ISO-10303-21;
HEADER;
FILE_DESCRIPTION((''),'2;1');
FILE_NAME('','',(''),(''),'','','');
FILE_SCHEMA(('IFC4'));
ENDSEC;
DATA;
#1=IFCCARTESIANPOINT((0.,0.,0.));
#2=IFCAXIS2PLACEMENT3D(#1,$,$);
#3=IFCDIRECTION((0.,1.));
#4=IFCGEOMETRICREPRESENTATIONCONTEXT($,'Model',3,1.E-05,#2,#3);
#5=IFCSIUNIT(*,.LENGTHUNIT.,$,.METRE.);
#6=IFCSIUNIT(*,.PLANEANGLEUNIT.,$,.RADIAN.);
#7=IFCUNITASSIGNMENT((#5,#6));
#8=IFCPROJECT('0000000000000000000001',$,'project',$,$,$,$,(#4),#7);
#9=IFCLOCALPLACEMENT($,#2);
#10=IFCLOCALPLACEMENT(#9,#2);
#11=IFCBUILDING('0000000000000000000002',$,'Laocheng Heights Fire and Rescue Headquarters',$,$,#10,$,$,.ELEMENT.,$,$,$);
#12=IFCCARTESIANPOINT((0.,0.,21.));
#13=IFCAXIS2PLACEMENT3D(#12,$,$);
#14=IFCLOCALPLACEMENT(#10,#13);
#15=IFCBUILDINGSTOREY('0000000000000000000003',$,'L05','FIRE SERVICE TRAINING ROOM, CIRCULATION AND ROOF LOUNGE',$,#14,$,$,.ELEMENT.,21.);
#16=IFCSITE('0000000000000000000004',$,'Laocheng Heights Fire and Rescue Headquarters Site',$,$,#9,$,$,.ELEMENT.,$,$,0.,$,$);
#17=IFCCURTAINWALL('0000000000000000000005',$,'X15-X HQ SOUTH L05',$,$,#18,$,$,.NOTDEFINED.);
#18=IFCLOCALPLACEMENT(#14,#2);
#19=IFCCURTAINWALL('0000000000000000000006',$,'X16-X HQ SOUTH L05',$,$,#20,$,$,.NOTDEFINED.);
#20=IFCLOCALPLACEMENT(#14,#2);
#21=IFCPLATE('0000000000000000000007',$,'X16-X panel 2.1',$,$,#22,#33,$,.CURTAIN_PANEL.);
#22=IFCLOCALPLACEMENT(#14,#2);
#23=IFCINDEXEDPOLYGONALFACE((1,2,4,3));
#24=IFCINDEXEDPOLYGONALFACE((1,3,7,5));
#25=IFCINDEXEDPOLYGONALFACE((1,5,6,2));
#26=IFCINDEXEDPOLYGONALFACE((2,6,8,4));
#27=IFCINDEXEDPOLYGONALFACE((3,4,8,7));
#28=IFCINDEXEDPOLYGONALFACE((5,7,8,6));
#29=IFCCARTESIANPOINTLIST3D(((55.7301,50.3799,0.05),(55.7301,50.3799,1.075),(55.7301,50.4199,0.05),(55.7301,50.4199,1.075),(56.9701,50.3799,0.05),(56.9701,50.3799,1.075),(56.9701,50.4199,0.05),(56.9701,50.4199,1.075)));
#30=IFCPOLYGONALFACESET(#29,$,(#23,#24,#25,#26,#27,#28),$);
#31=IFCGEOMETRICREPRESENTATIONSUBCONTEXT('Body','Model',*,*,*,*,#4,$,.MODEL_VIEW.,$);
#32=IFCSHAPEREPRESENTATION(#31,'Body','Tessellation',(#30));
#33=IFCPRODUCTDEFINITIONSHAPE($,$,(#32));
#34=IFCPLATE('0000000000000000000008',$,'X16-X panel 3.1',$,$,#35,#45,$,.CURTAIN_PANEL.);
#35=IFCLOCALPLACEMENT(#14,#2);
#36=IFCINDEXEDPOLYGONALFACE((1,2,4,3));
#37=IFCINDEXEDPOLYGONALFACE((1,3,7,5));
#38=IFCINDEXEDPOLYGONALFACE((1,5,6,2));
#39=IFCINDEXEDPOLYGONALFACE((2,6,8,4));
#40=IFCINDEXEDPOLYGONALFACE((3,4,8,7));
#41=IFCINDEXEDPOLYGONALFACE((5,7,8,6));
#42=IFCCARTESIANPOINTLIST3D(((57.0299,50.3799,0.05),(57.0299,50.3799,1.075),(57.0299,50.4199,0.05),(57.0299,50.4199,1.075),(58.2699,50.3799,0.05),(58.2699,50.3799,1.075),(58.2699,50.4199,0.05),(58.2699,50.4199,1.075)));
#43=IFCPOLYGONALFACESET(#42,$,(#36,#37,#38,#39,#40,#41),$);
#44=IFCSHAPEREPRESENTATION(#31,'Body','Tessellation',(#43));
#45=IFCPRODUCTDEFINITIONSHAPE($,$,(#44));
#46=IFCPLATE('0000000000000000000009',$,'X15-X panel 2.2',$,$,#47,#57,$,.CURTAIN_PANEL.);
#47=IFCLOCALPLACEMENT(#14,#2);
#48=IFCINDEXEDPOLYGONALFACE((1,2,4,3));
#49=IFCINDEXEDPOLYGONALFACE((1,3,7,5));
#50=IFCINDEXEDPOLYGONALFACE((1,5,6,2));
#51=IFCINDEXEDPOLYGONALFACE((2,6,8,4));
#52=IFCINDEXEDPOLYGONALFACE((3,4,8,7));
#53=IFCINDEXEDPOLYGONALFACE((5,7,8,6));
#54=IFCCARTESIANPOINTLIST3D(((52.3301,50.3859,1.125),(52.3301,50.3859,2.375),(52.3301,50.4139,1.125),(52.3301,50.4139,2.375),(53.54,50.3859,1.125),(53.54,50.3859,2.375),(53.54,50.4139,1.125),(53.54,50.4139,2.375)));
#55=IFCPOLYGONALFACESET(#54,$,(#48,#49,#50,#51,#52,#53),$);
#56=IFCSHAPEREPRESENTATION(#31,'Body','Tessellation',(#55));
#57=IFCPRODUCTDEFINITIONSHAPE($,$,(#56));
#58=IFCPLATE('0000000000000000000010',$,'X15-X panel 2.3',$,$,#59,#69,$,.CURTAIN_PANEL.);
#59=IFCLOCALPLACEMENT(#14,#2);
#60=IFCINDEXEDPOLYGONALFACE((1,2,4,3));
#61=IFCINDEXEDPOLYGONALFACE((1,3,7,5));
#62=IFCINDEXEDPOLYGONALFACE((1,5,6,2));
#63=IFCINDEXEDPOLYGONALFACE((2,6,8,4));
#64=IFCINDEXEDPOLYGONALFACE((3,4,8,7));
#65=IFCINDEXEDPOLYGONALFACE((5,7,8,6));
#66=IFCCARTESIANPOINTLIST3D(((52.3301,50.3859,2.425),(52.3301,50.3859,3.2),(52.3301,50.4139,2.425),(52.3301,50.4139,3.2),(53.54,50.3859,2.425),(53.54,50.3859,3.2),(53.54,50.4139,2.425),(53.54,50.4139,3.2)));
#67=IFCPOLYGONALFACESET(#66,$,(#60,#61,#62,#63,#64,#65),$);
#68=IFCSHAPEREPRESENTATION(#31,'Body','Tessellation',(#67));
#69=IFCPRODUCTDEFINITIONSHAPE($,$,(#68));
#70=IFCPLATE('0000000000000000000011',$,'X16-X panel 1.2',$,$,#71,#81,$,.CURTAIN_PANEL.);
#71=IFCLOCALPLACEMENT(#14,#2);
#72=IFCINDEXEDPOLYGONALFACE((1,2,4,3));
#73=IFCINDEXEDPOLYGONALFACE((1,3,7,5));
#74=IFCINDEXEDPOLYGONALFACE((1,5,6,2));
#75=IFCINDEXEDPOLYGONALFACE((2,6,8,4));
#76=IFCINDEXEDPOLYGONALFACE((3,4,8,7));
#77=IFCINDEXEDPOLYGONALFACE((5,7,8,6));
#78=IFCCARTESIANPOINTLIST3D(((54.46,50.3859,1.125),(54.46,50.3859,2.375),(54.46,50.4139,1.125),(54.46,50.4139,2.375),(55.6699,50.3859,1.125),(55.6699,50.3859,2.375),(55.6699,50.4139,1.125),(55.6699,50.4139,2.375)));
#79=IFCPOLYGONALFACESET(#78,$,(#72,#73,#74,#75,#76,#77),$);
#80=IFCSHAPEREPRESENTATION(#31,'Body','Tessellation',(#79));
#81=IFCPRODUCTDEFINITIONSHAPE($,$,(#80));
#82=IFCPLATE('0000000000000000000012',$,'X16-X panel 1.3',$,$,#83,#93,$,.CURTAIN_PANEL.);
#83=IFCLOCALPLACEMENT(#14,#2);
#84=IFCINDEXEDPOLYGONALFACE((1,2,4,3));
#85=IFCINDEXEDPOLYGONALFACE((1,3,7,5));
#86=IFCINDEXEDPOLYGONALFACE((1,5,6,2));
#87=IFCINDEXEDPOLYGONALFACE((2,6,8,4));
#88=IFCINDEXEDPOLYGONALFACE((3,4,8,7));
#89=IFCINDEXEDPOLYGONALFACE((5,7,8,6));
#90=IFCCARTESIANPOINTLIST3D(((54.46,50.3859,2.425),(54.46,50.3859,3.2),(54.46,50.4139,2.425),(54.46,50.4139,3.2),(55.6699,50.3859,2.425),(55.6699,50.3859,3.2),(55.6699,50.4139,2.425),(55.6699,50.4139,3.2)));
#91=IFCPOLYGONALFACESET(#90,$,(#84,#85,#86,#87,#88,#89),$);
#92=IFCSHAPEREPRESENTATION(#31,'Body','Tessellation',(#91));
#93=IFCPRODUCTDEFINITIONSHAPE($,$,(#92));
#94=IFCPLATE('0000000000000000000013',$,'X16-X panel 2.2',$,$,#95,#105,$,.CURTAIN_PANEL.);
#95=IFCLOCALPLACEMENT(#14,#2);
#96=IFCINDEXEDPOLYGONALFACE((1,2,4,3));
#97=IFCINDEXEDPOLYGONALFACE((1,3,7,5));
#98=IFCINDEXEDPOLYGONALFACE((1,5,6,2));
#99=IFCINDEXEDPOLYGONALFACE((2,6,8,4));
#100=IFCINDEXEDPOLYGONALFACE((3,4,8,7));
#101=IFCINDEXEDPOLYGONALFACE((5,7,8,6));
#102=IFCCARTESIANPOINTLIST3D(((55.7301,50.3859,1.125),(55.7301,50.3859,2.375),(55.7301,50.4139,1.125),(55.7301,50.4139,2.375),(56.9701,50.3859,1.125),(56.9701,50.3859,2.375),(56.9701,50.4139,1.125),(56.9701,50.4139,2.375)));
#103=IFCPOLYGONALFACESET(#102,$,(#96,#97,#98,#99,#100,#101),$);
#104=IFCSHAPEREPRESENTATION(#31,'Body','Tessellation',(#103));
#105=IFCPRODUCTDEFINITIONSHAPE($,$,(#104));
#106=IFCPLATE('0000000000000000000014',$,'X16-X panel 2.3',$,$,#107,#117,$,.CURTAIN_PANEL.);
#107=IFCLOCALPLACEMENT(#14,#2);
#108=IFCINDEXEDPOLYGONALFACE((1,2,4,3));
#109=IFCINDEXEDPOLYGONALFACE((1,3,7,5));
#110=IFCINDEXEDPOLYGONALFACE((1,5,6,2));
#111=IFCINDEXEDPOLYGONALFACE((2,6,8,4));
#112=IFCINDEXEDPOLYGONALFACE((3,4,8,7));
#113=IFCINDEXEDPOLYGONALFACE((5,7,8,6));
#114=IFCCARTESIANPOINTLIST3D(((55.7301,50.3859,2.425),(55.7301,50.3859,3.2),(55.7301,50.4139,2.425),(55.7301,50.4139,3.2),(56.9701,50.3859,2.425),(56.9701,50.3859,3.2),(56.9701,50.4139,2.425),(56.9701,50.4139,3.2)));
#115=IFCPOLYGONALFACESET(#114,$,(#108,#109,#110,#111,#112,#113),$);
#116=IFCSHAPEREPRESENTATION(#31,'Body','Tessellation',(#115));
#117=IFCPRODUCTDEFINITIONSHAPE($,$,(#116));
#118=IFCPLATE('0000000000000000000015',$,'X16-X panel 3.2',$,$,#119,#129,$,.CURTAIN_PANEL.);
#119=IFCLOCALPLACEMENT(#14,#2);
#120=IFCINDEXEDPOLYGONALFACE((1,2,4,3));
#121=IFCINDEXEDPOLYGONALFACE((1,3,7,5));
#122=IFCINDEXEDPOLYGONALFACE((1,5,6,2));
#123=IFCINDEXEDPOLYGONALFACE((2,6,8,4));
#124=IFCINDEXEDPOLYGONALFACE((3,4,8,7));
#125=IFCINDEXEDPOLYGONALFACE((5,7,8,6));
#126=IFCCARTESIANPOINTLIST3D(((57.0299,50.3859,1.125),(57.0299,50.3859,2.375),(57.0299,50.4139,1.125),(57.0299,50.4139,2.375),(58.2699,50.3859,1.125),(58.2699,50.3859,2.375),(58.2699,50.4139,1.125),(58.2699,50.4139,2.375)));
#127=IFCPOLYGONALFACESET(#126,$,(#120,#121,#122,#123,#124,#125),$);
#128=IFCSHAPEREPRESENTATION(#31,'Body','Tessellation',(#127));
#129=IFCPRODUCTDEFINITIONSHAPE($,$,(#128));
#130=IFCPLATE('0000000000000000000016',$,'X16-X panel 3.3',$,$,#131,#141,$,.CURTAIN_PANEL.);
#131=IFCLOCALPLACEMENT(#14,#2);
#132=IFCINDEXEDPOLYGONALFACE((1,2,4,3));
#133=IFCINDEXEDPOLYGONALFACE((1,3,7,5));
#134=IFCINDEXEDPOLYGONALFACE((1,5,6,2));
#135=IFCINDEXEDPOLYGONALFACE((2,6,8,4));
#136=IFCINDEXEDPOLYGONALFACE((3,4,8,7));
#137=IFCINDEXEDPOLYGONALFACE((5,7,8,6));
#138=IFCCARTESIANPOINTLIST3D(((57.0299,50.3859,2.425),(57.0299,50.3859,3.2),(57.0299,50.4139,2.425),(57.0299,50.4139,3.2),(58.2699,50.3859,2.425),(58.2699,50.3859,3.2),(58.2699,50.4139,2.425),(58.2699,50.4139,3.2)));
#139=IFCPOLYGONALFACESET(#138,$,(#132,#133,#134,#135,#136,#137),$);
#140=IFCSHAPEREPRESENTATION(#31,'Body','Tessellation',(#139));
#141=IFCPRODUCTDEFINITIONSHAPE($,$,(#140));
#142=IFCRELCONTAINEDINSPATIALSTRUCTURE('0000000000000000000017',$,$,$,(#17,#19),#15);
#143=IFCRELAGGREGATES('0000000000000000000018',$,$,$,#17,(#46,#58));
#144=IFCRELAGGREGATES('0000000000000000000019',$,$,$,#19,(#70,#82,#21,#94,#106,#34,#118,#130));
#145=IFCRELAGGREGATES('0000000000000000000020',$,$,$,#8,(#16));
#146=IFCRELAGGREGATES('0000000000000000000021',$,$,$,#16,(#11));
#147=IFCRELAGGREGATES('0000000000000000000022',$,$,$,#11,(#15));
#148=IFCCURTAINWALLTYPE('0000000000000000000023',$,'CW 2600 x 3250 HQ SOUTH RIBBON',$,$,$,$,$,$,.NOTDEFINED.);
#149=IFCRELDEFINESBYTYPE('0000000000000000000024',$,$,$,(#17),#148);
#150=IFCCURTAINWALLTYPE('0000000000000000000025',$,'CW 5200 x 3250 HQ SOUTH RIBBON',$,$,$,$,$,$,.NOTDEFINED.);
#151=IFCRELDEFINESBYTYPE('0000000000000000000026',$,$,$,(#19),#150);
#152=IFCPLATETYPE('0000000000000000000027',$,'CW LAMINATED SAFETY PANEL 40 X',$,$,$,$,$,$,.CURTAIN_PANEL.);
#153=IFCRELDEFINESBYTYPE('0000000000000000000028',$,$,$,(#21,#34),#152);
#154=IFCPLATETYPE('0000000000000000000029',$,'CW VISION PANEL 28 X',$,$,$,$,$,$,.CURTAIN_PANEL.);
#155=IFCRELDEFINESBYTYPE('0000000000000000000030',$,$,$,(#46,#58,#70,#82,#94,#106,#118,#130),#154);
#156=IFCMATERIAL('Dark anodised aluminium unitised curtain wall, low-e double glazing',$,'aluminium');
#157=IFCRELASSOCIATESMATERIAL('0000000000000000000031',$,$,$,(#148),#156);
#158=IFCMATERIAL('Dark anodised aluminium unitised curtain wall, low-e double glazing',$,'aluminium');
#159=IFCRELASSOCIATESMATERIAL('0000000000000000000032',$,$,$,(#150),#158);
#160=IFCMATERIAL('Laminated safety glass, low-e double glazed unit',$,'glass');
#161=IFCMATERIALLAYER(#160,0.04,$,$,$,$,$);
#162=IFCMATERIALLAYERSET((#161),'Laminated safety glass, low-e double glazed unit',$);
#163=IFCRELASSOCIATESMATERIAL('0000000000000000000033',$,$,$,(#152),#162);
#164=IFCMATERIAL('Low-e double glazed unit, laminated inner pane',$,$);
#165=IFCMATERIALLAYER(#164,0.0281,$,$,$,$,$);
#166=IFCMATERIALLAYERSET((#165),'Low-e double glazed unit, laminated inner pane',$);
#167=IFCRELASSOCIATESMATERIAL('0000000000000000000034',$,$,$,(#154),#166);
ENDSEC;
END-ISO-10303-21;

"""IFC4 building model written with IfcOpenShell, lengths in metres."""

from ifc_helpers import new_model, si_unit, direction, frame, origin, origin_2d, place, context, subcontext, project, spatial, rectangle, extrude, material, layer, layer_set, type_object, element, aggregate, save


model = new_model("IFC4")

# Units and contexts
model_context = context("Model", 3, precision=1e-05, world=origin(), true_north=direction((0.0, 1.0)))
body_context = subcontext(model_context, "Body", "Model", "MODEL_VIEW")
ifc_project = project(units=[si_unit("LENGTHUNIT", "METRE"), si_unit("PLANEANGLEUNIT", "RADIAN")], contexts=[model_context])

# Site, building, storey
site_placement = place(None, origin())
site = spatial("IfcSite", under=ifc_project, at=site_placement, Name="Laocheng Heights Fire and Rescue Headquarters Site", CompositionType="ELEMENT", RefElevation=0.0)
building_placement = place(site_placement, origin())
building = spatial("IfcBuilding", under=site, at=building_placement, Name="Laocheng Heights Fire and Rescue Headquarters", CompositionType="ELEMENT")
storey_placement = place(building_placement, frame((0.0, 0.0, 21.0)))
storey = spatial("IfcBuildingStorey", under=building, at=storey_placement, Name="L05", Description="FIRE SERVICE TRAINING ROOM, CIRCULATION AND ROOF LOUNGE", CompositionType="ELEMENT", Elevation=21.0)

# Curtain wall
ifc_material_1 = material(Name="Dark anodised aluminium unitised curtain wall, low-e double glazing", Category="aluminium")
curtain_wall_type_1 = type_object("IfcCurtainWallType", Name="CW 2600 x 3250 HQ SOUTH RIBBON", PredefinedType="NOTDEFINED", material=ifc_material_1)
curtain_wall_1_placement = place(storey_placement, origin())
curtain_wall_1 = element("IfcCurtainWall", 1, at=curtain_wall_1_placement, inside=storey, type_object=curtain_wall_type_1, Name="X15-X HQ SOUTH L05", PredefinedType="NOTDEFINED")

# Curtain wall
ifc_material_2 = material(Name="Dark anodised aluminium unitised curtain wall, low-e double glazing", Category="aluminium")
curtain_wall_type_2 = type_object("IfcCurtainWallType", Name="CW 5200 x 3250 HQ SOUTH RIBBON", PredefinedType="NOTDEFINED", material=ifc_material_2)
curtain_wall_2_placement = place(storey_placement, origin())
curtain_wall_2 = element("IfcCurtainWall", 2, at=curtain_wall_2_placement, inside=storey, type_object=curtain_wall_type_2, Name="X16-X HQ SOUTH L05", PredefinedType="NOTDEFINED")

# Plates
ifc_material_3 = material(Name="Laminated safety glass, low-e double glazed unit", Category="glass")
ifc_layer_1 = layer(ifc_material_3, 0.04)
ifc_layer_set_1 = layer_set([ifc_layer_1], Name="Laminated safety glass, low-e double glazed unit")
plate_type_1 = type_object("IfcPlateType", Name="CW LAMINATED SAFETY PANEL 40 X", PredefinedType="CURTAIN_PANEL", material=ifc_layer_set_1)
plate_1_placement = place(storey_placement, frame((56.3501, 50.3999, 0.05), z_axis=(0.0, 0.0, 1.0), x_axis=(1.0, 0.0, 0.0)))
plate_1 = element("IfcPlate", 3, at=plate_1_placement, type_object=plate_type_1, Name="X16-X panel 2.1", PredefinedType="CURTAIN_PANEL", context=body_context, shape_type="SweptSolid", body=[
    extrude(rectangle(XDim=1.24, YDim=0.04, at=origin_2d()), origin(), (0.0, 0.0, 1.0), 1.0249),
])
plate_2_placement = place(storey_placement, frame((57.6499, 50.3999, 0.05), z_axis=(0.0, 0.0, 1.0), x_axis=(1.0, 0.0, 0.0)))
plate_2 = element("IfcPlate", 4, at=plate_2_placement, type_object=plate_type_1, Name="X16-X panel 3.1", PredefinedType="CURTAIN_PANEL", context=body_context, shape_type="SweptSolid", body=[
    extrude(rectangle(XDim=1.24, YDim=0.04, at=origin_2d()), origin(), (0.0, 0.0, 1.0), 1.0249),
])
ifc_material_4 = material(Name="Low-e double glazed unit, laminated inner pane")
ifc_layer_2 = layer(ifc_material_4, 0.0281)
ifc_layer_set_2 = layer_set([ifc_layer_2], Name="Low-e double glazed unit, laminated inner pane")
plate_type_2 = type_object("IfcPlateType", Name="CW VISION PANEL 28 X", PredefinedType="CURTAIN_PANEL", material=ifc_layer_set_2)
plate_3_placement = place(storey_placement, frame((52.9351, 50.3999, 1.125), z_axis=(0.0, 0.0, 1.0), x_axis=(1.0, 0.0, 0.0)))
plate_3 = element("IfcPlate", 5, at=plate_3_placement, type_object=plate_type_2, Name="X15-X panel 2.2", PredefinedType="CURTAIN_PANEL", context=body_context, shape_type="SweptSolid", body=[
    extrude(rectangle(XDim=1.21, YDim=0.0281, at=origin_2d()), origin(), (0.0, 0.0, 1.0), 1.25),
])
plate_4_placement = place(storey_placement, frame((52.9351, 50.3999, 2.425), z_axis=(0.0, 0.0, 1.0), x_axis=(1.0, 0.0, 0.0)))
plate_4 = element("IfcPlate", 6, at=plate_4_placement, type_object=plate_type_2, Name="X15-X panel 2.3", PredefinedType="CURTAIN_PANEL", context=body_context, shape_type="SweptSolid", body=[
    extrude(rectangle(XDim=1.21, YDim=0.0281, at=origin_2d()), origin(), (0.0, 0.0, 1.0), 0.7749),
])
aggregate(curtain_wall_1, [plate_3, plate_4])
plate_5_placement = place(storey_placement, frame((55.0649, 50.3999, 1.125), z_axis=(0.0, 0.0, 1.0), x_axis=(1.0, 0.0, 0.0)))
plate_5 = element("IfcPlate", 7, at=plate_5_placement, type_object=plate_type_2, Name="X16-X panel 1.2", PredefinedType="CURTAIN_PANEL", context=body_context, shape_type="SweptSolid", body=[
    extrude(rectangle(XDim=1.21, YDim=0.0281, at=origin_2d()), origin(), (0.0, 0.0, 1.0), 1.25),
])
plate_6_placement = place(storey_placement, frame((55.0649, 50.3999, 2.425), z_axis=(0.0, 0.0, 1.0), x_axis=(1.0, 0.0, 0.0)))
plate_6 = element("IfcPlate", 8, at=plate_6_placement, type_object=plate_type_2, Name="X16-X panel 1.3", PredefinedType="CURTAIN_PANEL", context=body_context, shape_type="SweptSolid", body=[
    extrude(rectangle(XDim=1.21, YDim=0.0281, at=origin_2d()), origin(), (0.0, 0.0, 1.0), 0.7749),
])
plate_7_placement = place(storey_placement, frame((56.3501, 50.3999, 1.125), z_axis=(0.0, 0.0, 1.0), x_axis=(1.0, 0.0, 0.0)))
plate_7 = element("IfcPlate", 9, at=plate_7_placement, type_object=plate_type_2, Name="X16-X panel 2.2", PredefinedType="CURTAIN_PANEL", context=body_context, shape_type="SweptSolid", body=[
    extrude(rectangle(XDim=1.24, YDim=0.0281, at=origin_2d()), origin(), (0.0, 0.0, 1.0), 1.25),
])
plate_8_placement = place(storey_placement, frame((56.3501, 50.3999, 2.425), z_axis=(0.0, 0.0, 1.0), x_axis=(1.0, 0.0, 0.0)))
plate_8 = element("IfcPlate", 10, at=plate_8_placement, type_object=plate_type_2, Name="X16-X panel 2.3", PredefinedType="CURTAIN_PANEL", context=body_context, shape_type="SweptSolid", body=[
    extrude(rectangle(XDim=1.24, YDim=0.0281, at=origin_2d()), origin(), (0.0, 0.0, 1.0), 0.7749),
])
plate_9_placement = place(storey_placement, frame((57.6499, 50.3999, 1.125), z_axis=(0.0, 0.0, 1.0), x_axis=(1.0, 0.0, 0.0)))
plate_9 = element("IfcPlate", 11, at=plate_9_placement, type_object=plate_type_2, Name="X16-X panel 3.2", PredefinedType="CURTAIN_PANEL", context=body_context, shape_type="SweptSolid", body=[
    extrude(rectangle(XDim=1.24, YDim=0.0281, at=origin_2d()), origin(), (0.0, 0.0, 1.0), 1.25),
])
plate_10_placement = place(storey_placement, frame((57.6499, 50.3999, 2.425), z_axis=(0.0, 0.0, 1.0), x_axis=(1.0, 0.0, 0.0)))
plate_10 = element("IfcPlate", 12, at=plate_10_placement, type_object=plate_type_2, Name="X16-X panel 3.3", PredefinedType="CURTAIN_PANEL", context=body_context, shape_type="SweptSolid", body=[
    extrude(rectangle(XDim=1.24, YDim=0.0281, at=origin_2d()), origin(), (0.0, 0.0, 1.0), 0.7749),
])
aggregate(curtain_wall_2, [plate_5, plate_6, plate_1, plate_7, plate_8, plate_2, plate_9, plate_10])

save(model, "model.ifc")
